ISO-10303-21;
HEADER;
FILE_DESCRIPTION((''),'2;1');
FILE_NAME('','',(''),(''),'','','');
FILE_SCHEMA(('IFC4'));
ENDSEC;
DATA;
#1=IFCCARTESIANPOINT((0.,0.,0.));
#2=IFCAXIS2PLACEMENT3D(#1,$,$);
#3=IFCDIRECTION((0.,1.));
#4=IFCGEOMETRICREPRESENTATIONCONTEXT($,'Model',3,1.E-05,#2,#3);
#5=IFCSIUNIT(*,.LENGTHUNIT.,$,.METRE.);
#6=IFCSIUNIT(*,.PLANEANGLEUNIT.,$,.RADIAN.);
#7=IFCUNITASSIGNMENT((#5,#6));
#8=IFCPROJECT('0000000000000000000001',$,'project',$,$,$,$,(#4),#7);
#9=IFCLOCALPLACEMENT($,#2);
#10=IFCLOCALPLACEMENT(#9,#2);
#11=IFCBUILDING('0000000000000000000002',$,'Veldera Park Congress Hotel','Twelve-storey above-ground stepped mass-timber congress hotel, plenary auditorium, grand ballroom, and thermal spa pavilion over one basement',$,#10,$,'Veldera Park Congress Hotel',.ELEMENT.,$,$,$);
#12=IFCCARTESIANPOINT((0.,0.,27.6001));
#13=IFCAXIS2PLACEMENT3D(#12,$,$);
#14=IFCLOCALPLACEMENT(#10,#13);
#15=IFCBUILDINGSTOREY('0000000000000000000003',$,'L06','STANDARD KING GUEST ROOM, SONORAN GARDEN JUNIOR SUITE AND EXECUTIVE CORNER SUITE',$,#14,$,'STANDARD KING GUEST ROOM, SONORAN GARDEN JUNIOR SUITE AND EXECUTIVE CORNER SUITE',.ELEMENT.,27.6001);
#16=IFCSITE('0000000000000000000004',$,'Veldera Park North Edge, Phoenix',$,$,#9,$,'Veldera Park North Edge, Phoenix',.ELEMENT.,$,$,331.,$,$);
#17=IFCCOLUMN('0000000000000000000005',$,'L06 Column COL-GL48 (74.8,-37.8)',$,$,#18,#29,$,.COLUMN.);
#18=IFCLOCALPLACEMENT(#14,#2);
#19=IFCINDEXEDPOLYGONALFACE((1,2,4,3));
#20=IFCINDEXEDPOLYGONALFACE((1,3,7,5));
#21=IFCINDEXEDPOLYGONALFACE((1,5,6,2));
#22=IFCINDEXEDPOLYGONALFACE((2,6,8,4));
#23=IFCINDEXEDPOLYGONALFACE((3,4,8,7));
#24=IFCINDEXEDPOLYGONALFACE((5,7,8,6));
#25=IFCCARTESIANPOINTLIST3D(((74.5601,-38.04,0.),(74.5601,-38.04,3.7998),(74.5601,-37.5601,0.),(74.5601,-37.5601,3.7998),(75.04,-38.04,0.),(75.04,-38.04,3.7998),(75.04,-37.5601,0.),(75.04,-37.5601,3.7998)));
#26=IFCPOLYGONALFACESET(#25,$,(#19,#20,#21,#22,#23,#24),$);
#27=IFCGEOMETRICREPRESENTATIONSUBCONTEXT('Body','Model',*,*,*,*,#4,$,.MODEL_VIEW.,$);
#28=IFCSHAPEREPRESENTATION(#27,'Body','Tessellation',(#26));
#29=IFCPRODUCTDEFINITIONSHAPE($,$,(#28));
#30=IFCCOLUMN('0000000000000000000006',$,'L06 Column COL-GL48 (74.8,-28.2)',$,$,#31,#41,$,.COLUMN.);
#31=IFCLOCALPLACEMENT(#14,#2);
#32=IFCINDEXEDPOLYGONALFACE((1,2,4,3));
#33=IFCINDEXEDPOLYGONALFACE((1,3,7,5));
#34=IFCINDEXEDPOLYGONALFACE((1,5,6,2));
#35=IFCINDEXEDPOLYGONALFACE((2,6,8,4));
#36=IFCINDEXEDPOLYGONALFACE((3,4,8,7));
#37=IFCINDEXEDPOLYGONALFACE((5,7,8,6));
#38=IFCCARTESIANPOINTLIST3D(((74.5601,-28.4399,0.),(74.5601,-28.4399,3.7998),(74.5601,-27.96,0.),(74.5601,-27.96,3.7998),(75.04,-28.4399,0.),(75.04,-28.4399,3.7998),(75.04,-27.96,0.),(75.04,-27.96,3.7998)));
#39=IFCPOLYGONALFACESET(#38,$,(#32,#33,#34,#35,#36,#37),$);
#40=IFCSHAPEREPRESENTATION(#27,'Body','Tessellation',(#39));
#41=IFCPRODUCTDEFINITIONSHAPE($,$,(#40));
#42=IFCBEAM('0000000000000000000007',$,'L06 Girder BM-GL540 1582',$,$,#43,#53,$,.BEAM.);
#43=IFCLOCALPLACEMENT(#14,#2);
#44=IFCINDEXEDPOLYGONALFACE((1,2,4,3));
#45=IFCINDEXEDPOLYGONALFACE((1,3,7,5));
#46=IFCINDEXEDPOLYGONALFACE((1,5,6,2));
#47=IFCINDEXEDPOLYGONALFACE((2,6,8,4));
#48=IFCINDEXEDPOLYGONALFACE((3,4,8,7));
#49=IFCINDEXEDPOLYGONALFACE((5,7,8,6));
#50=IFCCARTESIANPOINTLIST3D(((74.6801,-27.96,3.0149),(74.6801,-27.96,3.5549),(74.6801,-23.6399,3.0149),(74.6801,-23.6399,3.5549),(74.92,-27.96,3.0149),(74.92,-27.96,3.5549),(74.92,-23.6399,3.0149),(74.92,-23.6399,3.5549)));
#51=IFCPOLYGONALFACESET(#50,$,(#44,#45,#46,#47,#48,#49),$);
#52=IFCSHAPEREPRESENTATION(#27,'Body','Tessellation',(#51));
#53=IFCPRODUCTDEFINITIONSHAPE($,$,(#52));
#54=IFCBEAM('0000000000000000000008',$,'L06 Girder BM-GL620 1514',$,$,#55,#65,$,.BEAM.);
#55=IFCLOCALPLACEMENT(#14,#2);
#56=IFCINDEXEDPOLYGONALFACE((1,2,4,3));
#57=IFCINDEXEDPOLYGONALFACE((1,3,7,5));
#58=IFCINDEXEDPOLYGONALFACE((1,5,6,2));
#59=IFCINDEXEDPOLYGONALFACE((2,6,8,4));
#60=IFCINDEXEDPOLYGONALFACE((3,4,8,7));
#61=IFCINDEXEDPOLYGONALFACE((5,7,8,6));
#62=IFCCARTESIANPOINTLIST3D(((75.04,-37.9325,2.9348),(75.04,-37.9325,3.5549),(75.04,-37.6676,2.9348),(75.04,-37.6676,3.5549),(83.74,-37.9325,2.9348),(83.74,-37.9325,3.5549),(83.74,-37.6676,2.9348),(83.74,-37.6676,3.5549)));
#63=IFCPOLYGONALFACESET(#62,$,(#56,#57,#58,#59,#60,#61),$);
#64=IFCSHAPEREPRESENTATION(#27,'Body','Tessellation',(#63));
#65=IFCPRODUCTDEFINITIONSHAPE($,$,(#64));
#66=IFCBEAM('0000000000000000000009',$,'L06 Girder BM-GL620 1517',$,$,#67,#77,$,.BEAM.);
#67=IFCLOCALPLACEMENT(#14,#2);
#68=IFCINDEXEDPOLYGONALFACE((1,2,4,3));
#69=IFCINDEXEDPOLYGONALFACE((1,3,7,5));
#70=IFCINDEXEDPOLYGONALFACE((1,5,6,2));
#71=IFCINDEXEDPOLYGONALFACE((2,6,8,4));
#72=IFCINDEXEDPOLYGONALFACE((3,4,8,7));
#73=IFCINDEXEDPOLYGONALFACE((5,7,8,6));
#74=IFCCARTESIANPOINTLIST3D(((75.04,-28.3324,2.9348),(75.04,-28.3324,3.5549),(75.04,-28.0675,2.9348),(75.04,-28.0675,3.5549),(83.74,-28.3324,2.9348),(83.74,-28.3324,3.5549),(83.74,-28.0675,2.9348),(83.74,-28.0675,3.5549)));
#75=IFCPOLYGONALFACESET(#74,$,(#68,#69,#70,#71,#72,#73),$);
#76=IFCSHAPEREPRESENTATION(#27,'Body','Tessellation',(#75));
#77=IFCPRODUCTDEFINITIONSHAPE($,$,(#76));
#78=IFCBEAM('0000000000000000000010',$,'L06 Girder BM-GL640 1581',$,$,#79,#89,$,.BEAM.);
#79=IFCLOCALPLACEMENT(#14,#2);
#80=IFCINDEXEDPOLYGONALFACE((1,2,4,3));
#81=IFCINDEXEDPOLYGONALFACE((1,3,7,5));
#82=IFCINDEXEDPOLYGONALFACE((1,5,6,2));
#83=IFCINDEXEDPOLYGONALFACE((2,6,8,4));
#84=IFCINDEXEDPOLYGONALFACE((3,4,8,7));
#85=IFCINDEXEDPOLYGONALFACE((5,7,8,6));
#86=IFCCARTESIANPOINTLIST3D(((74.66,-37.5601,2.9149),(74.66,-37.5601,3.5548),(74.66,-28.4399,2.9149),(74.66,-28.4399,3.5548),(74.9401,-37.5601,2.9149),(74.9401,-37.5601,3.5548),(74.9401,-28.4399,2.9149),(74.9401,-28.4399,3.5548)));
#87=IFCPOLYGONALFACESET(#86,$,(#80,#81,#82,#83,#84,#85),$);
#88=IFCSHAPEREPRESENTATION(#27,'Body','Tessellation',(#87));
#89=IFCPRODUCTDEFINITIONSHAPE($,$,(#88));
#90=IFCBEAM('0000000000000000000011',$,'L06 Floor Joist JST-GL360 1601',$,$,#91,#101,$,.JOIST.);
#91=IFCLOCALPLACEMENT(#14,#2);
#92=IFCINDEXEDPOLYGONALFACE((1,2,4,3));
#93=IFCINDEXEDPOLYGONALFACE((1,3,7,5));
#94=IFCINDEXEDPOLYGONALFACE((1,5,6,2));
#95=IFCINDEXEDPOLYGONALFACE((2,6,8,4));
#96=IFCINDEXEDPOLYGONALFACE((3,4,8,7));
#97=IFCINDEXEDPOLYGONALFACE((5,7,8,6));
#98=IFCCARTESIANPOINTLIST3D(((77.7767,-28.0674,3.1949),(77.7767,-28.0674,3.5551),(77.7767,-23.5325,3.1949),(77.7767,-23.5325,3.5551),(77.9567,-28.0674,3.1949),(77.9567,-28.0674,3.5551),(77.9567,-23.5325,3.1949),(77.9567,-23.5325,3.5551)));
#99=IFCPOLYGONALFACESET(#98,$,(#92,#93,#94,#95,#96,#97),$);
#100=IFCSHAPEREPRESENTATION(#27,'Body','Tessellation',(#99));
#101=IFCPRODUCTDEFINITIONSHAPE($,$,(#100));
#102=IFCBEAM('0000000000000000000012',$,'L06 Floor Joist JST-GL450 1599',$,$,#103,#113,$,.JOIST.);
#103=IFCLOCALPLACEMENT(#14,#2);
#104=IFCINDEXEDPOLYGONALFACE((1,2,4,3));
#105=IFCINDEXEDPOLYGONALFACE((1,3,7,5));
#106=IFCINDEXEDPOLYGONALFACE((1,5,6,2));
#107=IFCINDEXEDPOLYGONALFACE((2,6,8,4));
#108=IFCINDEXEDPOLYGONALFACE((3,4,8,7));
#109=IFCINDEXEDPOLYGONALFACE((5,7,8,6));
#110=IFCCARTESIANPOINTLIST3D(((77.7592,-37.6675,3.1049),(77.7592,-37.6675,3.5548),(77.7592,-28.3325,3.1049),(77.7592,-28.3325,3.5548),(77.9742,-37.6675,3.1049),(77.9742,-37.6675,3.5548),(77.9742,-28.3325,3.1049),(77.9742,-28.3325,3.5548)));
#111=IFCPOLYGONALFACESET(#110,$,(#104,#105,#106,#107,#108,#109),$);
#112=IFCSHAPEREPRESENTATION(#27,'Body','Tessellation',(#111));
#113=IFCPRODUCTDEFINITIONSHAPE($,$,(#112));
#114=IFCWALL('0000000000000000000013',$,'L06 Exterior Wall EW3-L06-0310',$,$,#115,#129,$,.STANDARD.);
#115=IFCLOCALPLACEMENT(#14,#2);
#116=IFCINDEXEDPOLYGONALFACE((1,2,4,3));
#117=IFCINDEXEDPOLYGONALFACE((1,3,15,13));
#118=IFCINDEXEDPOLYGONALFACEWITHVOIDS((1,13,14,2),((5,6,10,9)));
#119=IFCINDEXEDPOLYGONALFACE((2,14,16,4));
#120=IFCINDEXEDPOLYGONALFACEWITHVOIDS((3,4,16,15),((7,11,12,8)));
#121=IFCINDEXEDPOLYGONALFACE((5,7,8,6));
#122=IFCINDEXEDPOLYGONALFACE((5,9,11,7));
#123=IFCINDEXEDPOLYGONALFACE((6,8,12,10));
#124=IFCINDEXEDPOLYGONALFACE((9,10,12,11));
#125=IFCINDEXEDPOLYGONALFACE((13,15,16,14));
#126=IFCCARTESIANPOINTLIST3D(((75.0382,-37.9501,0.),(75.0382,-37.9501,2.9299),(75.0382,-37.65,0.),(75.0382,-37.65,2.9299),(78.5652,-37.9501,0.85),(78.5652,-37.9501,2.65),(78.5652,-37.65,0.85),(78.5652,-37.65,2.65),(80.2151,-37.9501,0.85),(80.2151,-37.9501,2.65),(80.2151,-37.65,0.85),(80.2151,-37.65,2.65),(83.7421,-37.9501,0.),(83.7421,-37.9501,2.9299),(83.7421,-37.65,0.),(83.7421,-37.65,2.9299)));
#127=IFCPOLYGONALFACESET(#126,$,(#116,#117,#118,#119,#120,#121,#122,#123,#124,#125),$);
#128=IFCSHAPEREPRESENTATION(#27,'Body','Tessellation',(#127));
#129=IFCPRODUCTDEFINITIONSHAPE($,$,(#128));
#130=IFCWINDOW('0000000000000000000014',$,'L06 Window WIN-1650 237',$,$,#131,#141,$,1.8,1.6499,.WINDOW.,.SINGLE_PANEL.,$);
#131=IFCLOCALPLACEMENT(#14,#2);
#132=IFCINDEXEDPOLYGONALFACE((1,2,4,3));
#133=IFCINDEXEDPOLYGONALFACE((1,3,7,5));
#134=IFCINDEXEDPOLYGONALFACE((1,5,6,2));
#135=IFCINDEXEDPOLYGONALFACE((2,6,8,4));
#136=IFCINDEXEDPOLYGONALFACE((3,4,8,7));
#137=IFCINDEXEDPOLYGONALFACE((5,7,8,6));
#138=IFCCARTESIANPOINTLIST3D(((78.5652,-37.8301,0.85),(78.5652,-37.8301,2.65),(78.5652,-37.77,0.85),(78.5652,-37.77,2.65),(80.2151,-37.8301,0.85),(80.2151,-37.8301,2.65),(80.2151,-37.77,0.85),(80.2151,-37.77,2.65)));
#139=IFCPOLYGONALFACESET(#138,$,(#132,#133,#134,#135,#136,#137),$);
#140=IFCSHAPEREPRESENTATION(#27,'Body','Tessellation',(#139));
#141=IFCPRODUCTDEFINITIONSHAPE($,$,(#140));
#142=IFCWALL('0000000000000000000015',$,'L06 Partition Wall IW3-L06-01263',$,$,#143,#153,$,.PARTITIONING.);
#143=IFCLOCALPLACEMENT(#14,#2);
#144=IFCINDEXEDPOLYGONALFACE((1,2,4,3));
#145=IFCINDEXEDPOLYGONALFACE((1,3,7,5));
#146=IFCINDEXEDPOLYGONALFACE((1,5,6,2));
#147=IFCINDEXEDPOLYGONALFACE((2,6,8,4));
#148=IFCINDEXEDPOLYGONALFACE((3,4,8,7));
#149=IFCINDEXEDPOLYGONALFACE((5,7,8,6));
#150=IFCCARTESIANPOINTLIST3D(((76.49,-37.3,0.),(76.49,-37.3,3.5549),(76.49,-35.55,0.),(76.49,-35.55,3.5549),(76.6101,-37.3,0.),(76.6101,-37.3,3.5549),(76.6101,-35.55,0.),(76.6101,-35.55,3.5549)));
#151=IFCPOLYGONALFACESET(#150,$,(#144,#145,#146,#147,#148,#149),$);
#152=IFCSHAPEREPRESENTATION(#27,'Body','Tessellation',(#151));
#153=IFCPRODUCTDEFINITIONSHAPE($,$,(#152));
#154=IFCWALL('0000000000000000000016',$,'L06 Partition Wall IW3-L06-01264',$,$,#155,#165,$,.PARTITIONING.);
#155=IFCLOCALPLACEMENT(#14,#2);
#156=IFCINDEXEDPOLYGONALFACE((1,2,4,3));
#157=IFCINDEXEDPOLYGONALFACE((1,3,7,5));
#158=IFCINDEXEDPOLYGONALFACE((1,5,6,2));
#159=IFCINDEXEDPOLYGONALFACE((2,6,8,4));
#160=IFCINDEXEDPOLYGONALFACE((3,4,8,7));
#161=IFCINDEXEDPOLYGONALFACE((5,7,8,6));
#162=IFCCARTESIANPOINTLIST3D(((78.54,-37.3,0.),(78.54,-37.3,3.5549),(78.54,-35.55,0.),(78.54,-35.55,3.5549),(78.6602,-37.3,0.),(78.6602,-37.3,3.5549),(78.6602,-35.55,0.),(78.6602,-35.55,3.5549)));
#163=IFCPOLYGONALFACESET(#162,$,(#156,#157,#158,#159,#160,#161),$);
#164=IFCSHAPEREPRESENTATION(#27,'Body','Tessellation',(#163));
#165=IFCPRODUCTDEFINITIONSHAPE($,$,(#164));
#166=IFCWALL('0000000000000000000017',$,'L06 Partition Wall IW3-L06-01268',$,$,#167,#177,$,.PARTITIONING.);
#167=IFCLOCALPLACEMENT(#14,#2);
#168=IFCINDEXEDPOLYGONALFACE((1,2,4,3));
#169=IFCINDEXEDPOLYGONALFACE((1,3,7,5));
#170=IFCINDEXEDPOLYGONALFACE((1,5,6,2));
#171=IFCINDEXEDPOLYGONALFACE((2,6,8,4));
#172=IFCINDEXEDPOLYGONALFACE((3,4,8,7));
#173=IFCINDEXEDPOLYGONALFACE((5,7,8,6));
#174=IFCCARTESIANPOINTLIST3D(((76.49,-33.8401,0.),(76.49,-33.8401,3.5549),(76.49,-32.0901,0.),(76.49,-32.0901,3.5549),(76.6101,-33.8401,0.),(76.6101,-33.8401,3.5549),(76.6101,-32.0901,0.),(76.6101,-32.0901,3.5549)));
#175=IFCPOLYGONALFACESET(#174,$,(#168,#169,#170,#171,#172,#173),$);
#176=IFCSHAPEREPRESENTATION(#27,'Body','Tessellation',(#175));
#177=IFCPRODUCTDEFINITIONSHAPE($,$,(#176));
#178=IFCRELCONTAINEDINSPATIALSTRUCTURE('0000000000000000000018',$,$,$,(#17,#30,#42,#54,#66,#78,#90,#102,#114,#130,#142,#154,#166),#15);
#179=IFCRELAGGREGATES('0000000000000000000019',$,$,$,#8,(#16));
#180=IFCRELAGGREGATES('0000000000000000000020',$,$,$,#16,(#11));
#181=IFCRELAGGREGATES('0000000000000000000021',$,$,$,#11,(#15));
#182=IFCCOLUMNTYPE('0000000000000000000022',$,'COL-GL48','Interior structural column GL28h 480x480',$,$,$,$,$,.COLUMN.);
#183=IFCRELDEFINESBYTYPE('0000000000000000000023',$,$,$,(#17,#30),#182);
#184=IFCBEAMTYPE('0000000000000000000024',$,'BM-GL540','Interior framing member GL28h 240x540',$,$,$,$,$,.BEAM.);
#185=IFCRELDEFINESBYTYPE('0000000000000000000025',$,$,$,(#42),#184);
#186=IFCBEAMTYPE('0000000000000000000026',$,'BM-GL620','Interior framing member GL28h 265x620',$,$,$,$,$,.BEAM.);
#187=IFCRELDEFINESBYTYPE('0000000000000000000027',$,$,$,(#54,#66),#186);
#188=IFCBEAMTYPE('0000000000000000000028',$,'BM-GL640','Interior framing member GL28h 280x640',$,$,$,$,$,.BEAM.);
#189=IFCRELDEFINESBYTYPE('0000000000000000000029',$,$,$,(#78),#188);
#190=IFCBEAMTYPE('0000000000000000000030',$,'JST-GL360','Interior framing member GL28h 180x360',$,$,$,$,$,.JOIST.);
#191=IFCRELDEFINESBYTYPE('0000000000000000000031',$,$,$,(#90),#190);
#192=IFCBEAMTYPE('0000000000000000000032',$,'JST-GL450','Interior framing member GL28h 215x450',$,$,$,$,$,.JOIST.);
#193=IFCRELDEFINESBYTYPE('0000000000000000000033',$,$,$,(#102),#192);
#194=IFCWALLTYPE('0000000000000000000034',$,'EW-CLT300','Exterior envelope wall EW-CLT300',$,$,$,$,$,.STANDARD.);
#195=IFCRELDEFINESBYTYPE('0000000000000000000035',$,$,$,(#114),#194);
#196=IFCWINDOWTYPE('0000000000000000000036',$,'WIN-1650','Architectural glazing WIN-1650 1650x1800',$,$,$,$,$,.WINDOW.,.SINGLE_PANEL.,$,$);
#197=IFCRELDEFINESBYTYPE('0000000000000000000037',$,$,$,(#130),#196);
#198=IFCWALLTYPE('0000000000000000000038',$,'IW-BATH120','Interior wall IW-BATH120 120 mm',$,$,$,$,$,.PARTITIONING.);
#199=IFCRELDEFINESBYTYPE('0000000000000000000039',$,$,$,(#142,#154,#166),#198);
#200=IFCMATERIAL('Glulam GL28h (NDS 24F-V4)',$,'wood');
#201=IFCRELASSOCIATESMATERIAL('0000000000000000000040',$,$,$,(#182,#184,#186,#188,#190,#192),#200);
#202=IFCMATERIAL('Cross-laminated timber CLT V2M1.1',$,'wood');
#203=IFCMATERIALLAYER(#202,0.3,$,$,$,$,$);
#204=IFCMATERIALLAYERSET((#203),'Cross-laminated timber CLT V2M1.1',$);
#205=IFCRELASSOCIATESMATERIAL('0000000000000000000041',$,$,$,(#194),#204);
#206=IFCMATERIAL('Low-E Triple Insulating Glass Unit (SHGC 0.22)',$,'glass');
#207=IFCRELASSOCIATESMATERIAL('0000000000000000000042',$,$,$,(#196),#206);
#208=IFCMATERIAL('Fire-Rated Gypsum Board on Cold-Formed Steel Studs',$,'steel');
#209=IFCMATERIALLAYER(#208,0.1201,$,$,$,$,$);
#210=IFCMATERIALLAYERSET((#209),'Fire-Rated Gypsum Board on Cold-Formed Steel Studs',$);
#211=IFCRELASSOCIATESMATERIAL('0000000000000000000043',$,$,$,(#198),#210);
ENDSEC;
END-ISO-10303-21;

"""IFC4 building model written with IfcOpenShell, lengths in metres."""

from ifc_helpers import new_model, si_unit, direction, frame, frame_2d, origin, origin_2d, place, context, subcontext, project, spatial, rectangle, extrude, material, layer, layer_set, material_profile, profile_set, type_object, element, fill, save


model = new_model("IFC4")

# Units and contexts
model_context = context("Model", 3, precision=1e-05, world=origin(), true_north=direction((0.0, 1.0)))
body_context = subcontext(model_context, "Body", "Model", "MODEL_VIEW")
ifc_project = project(units=[si_unit("LENGTHUNIT", "METRE"), si_unit("PLANEANGLEUNIT", "RADIAN")], contexts=[model_context])

# Site, building, storey
site_placement = place(None, origin())
site = spatial("IfcSite", under=ifc_project, at=site_placement, Name="Veldera Park North Edge, Phoenix", LongName="Veldera Park North Edge, Phoenix", CompositionType="ELEMENT", RefElevation=331.0)
building_placement = place(site_placement, origin())
building = spatial("IfcBuilding", under=site, at=building_placement, Name="Veldera Park Congress Hotel", Description="Twelve-storey above-ground stepped mass-timber congress hotel, plenary auditorium, grand ballroom, and thermal spa pavilion over one basement", LongName="Veldera Park Congress Hotel", CompositionType="ELEMENT")
storey_placement = place(building_placement, frame((0.0, 0.0, 27.6001)))
storey = spatial("IfcBuildingStorey", under=building, at=storey_placement, Name="L06", Description="STANDARD KING GUEST ROOM, SONORAN GARDEN JUNIOR SUITE AND EXECUTIVE CORNER SUITE", LongName="STANDARD KING GUEST ROOM, SONORAN GARDEN JUNIOR SUITE AND EXECUTIVE CORNER SUITE", CompositionType="ELEMENT", Elevation=27.6001)

# Columns
ifc_material_1 = material(Name="Glulam GL28h (NDS 24F-V4)", Category="wood")
ifc_material_profile_1 = material_profile(ifc_material_1, rectangle(XDim=0.48, YDim=0.48, at=origin_2d()), Name="GL28h 480x480")
ifc_profile_set_1 = profile_set([ifc_material_profile_1], Name="Glulam GL28h (NDS 24F-V4)")
column_type = type_object("IfcColumnType", Name="COL-GL48", Description="Interior structural column GL28h 480x480", PredefinedType="COLUMN", material=ifc_profile_set_1)
for number, where, z_axis, x_axis, name in (
    (1, (74.8, -37.8, 0.0), (0.0, 0.0, 1.0), (1.0, 0.0, 0.0), "L06 Column COL-GL48 (74.8,-37.8)"),
    (2, (74.8, -28.2, 0.0), (0.0, 0.0, 1.0), (1.0, 0.0, 0.0), "L06 Column COL-GL48 (74.8,-28.2)"),
):
    element("IfcColumn", number, at=place(storey_placement, frame(where, z_axis=z_axis, x_axis=x_axis)), inside=storey, type_object=column_type, Name=name, PredefinedType="COLUMN", context=body_context, shape_type="SweptSolid", body=[
        extrude(rectangle(XDim=0.48, YDim=0.48, at=origin_2d()), origin(), (0.0, 0.0, 1.0), 3.7998),
    ])

# Beams
ifc_material_profile_2 = material_profile(ifc_material_1, rectangle(XDim=0.24, YDim=0.54, at=origin_2d()), Name="GL28h 240x540")
ifc_profile_set_2 = profile_set([ifc_material_profile_2], Name="Glulam GL28h (NDS 24F-V4)")
beam_type_1 = type_object("IfcBeamType", Name="BM-GL540", Description="Interior framing member GL28h 240x540", PredefinedType="BEAM", material=ifc_profile_set_2)
beam_1_placement = place(storey_placement, frame((74.8, -27.96, 3.2849), z_axis=(0.0, 1.0, 0.0), x_axis=(-1.0, 0.0, 0.0)))
element("IfcBeam", 3, at=beam_1_placement, inside=storey, type_object=beam_type_1, Name="L06 Girder BM-GL540 1582", PredefinedType="BEAM", context=body_context, shape_type="SweptSolid", body=[
    extrude(rectangle(XDim=0.24, YDim=0.54, at=origin_2d()), origin(), (0.0, 0.0, 1.0), 4.3201),
])
ifc_material_profile_3 = material_profile(ifc_material_1, rectangle(XDim=0.2649, YDim=0.6201, at=origin_2d()), Name="GL28h 265x620")
ifc_profile_set_3 = profile_set([ifc_material_profile_3], Name="Glulam GL28h (NDS 24F-V4)")
beam_type_2 = type_object("IfcBeamType", Name="BM-GL620", Description="Interior framing member GL28h 265x620", PredefinedType="BEAM", material=ifc_profile_set_3)
for number, where, z_axis, x_axis, name in (
    (4, (75.04, -37.8, 3.2449), (1.0, 0.0, 0.0), (0.0, 1.0, 0.0), "L06 Girder BM-GL620 1514"),
    (5, (75.04, -28.2, 3.2449), (1.0, 0.0, 0.0), (0.0, 1.0, 0.0), "L06 Girder BM-GL620 1517"),
):
    element("IfcBeam", number, at=place(storey_placement, frame(where, z_axis=z_axis, x_axis=x_axis)), inside=storey, type_object=beam_type_2, Name=name, PredefinedType="BEAM", context=body_context, shape_type="SweptSolid", body=[
        extrude(rectangle(XDim=0.2649, YDim=0.6201, at=origin_2d()), origin(), (0.0, 0.0, 1.0), 8.7),
    ])
ifc_material_profile_4 = material_profile(ifc_material_1, rectangle(XDim=0.28, YDim=0.6399, at=origin_2d()), Name="GL28h 280x640")
ifc_profile_set_4 = profile_set([ifc_material_profile_4], Name="Glulam GL28h (NDS 24F-V4)")
beam_type_3 = type_object("IfcBeamType", Name="BM-GL640", Description="Interior framing member GL28h 280x640", PredefinedType="BEAM", material=ifc_profile_set_4)
beam_2_placement = place(storey_placement, frame((74.8, -37.5601, 3.2349), z_axis=(0.0, 1.0, 0.0), x_axis=(-1.0, 0.0, 0.0)))
element("IfcBeam", 6, at=beam_2_placement, inside=storey, type_object=beam_type_3, Name="L06 Girder BM-GL640 1581", PredefinedType="BEAM", context=body_context, shape_type="SweptSolid", body=[
    extrude(rectangle(XDim=0.28, YDim=0.6399, at=origin_2d()), origin(), (0.0, 0.0, 1.0), 9.1201),
])
ifc_material_profile_5 = material_profile(ifc_material_1, rectangle(XDim=0.1799, YDim=0.3601, at=origin_2d()), Name="GL28h 180x360")
ifc_profile_set_5 = profile_set([ifc_material_profile_5], Name="Glulam GL28h (NDS 24F-V4)")
beam_type_4 = type_object("IfcBeamType", Name="JST-GL360", Description="Interior framing member GL28h 180x360", PredefinedType="JOIST", material=ifc_profile_set_5)
beam_3_placement = place(storey_placement, frame((77.8667, -28.0674, 3.375), z_axis=(0.0, 1.0, 0.0), x_axis=(-1.0, 0.0, 0.0)))
element("IfcBeam", 7, at=beam_3_placement, inside=storey, type_object=beam_type_4, Name="L06 Floor Joist JST-GL360 1601", PredefinedType="JOIST", context=body_context, shape_type="SweptSolid", body=[
    extrude(rectangle(XDim=0.1799, YDim=0.3601, at=origin_2d()), origin(), (0.0, 0.0, 1.0), 4.5349),
])
ifc_material_profile_6 = material_profile(ifc_material_1, rectangle(XDim=0.2151, YDim=0.45, at=origin_2d()), Name="GL28h 215x450")
ifc_profile_set_6 = profile_set([ifc_material_profile_6], Name="Glulam GL28h (NDS 24F-V4)")
beam_type_5 = type_object("IfcBeamType", Name="JST-GL450", Description="Interior framing member GL28h 215x450", PredefinedType="JOIST", material=ifc_profile_set_6)
beam_4_placement = place(storey_placement, frame((77.8667, -37.6675, 3.3298), z_axis=(0.0, 1.0, 0.0), x_axis=(-1.0, 0.0, 0.0)))
element("IfcBeam", 8, at=beam_4_placement, inside=storey, type_object=beam_type_5, Name="L06 Floor Joist JST-GL450 1599", PredefinedType="JOIST", context=body_context, shape_type="SweptSolid", body=[
    extrude(rectangle(XDim=0.2151, YDim=0.45, at=origin_2d()), origin(), (0.0, 0.0, 1.0), 9.335),
])

# Wall, opening, window
ifc_material_2 = material(Name="Cross-laminated timber CLT V2M1.1", Category="wood")
ifc_layer_1 = layer(ifc_material_2, 0.3)
ifc_layer_set_1 = layer_set([ifc_layer_1], Name="Cross-laminated timber CLT V2M1.1")
wall_type_1 = type_object("IfcWallType", Name="EW-CLT300", Description="Exterior envelope wall EW-CLT300", PredefinedType="STANDARD", material=ifc_layer_set_1)
wall_1_placement = place(storey_placement, frame((75.0381, -37.8, 0.0), z_axis=(0.0, 0.0, 1.0), x_axis=(1.0, 0.0, 0.0)))
wall_1 = element("IfcWall", 9, at=wall_1_placement, inside=storey, type_object=wall_type_1, Name="L06 Exterior Wall EW3-L06-0310", PredefinedType="STANDARD", context=body_context, shape_type="SweptSolid", body=[
    extrude(rectangle(XDim=8.7039, YDim=0.3, at=frame_2d((4.3521, 0.0))), origin(), (0.0, 0.0, 1.0), 2.9299),
])
opening_1_placement = place(wall_1_placement, frame((3.5271, 0.0, 0.8501)))
opening_1 = element("IfcOpeningElement", 10, at=opening_1_placement, cuts=wall_1, PredefinedType="OPENING", context=body_context, shape_type="SweptSolid", body=[
    extrude(rectangle(XDim=1.6499, YDim=1.8, at=frame_2d((0.825, 0.8999))), frame((0.0, 0.1621, 0.0), z_axis=(0.0, -1.0, 0.0), x_axis=(1.0, 0.0, 0.0)), (0.0, 0.0, 1.0), 0.324),
])
ifc_material_3 = material(Name="Low-E Triple Insulating Glass Unit (SHGC 0.22)", Category="glass")
window_type = type_object("IfcWindowType", Name="WIN-1650", Description="Architectural glazing WIN-1650 1650x1800", PartitioningType="SINGLE_PANEL", PredefinedType="WINDOW", material=ifc_material_3)
window_placement = place(opening_1_placement, origin())
window = element("IfcWindow", 11, at=window_placement, inside=storey, type_object=window_type, Name="L06 Window WIN-1650 237", OverallHeight=1.8, OverallWidth=1.6499, PartitioningType="SINGLE_PANEL", PredefinedType="WINDOW", context=body_context, shape_type="SweptSolid", body=[
    extrude(rectangle(XDim=1.6499, YDim=1.8, at=frame_2d((0.825, 0.8999))), frame((0.0, 0.03, 0.0), z_axis=(0.0, -1.0, 0.0), x_axis=(1.0, 0.0, 0.0)), (0.0, 0.0, 1.0), 0.0601),
])
fill(opening_1, window)

# Walls
ifc_material_4 = material(Name="Fire-Rated Gypsum Board on Cold-Formed Steel Studs", Category="steel")
ifc_layer_2 = layer(ifc_material_4, 0.1201)
ifc_layer_set_2 = layer_set([ifc_layer_2], Name="Fire-Rated Gypsum Board on Cold-Formed Steel Studs")
wall_type_2 = type_object("IfcWallType", Name="IW-BATH120", Description="Interior wall IW-BATH120 120 mm", PredefinedType="PARTITIONING", material=ifc_layer_set_2)
for number, where, z_axis, x_axis, name in (
    (12, (76.55, -37.3, 0.0), (0.0, 0.0, 1.0), (0.0, 1.0, 0.0), "L06 Partition Wall IW3-L06-01263"),
    (13, (78.6001, -37.3, 0.0), (0.0, 0.0, 1.0), (0.0, 1.0, 0.0), "L06 Partition Wall IW3-L06-01264"),
):
    element("IfcWall", number, at=place(storey_placement, frame(where, z_axis=z_axis, x_axis=x_axis)), inside=storey, type_object=wall_type_2, Name=name, PredefinedType="PARTITIONING", context=body_context, shape_type="SweptSolid", body=[
        extrude(rectangle(XDim=1.75, YDim=0.1201, at=frame_2d((0.875, 0.0))), origin(), (0.0, 0.0, 1.0), 3.5549),
    ])

# Wall
for number, where, z_axis, x_axis, name in (
    (14, (76.55, -33.8401, 0.0), (0.0, 0.0, 1.0), (0.0, 1.0, 0.0), "L06 Partition Wall IW3-L06-01268"),
):
    element("IfcWall", number, at=place(storey_placement, frame(where, z_axis=z_axis, x_axis=x_axis)), inside=storey, type_object=wall_type_2, Name=name, PredefinedType="PARTITIONING", context=body_context, shape_type="SweptSolid", body=[
        extrude(rectangle(XDim=1.75, YDim=0.1201, at=frame_2d((0.875, 0.0))), origin(), (0.0, 0.0, 1.0), 3.5549),
    ])

save(model, "model.ifc")
